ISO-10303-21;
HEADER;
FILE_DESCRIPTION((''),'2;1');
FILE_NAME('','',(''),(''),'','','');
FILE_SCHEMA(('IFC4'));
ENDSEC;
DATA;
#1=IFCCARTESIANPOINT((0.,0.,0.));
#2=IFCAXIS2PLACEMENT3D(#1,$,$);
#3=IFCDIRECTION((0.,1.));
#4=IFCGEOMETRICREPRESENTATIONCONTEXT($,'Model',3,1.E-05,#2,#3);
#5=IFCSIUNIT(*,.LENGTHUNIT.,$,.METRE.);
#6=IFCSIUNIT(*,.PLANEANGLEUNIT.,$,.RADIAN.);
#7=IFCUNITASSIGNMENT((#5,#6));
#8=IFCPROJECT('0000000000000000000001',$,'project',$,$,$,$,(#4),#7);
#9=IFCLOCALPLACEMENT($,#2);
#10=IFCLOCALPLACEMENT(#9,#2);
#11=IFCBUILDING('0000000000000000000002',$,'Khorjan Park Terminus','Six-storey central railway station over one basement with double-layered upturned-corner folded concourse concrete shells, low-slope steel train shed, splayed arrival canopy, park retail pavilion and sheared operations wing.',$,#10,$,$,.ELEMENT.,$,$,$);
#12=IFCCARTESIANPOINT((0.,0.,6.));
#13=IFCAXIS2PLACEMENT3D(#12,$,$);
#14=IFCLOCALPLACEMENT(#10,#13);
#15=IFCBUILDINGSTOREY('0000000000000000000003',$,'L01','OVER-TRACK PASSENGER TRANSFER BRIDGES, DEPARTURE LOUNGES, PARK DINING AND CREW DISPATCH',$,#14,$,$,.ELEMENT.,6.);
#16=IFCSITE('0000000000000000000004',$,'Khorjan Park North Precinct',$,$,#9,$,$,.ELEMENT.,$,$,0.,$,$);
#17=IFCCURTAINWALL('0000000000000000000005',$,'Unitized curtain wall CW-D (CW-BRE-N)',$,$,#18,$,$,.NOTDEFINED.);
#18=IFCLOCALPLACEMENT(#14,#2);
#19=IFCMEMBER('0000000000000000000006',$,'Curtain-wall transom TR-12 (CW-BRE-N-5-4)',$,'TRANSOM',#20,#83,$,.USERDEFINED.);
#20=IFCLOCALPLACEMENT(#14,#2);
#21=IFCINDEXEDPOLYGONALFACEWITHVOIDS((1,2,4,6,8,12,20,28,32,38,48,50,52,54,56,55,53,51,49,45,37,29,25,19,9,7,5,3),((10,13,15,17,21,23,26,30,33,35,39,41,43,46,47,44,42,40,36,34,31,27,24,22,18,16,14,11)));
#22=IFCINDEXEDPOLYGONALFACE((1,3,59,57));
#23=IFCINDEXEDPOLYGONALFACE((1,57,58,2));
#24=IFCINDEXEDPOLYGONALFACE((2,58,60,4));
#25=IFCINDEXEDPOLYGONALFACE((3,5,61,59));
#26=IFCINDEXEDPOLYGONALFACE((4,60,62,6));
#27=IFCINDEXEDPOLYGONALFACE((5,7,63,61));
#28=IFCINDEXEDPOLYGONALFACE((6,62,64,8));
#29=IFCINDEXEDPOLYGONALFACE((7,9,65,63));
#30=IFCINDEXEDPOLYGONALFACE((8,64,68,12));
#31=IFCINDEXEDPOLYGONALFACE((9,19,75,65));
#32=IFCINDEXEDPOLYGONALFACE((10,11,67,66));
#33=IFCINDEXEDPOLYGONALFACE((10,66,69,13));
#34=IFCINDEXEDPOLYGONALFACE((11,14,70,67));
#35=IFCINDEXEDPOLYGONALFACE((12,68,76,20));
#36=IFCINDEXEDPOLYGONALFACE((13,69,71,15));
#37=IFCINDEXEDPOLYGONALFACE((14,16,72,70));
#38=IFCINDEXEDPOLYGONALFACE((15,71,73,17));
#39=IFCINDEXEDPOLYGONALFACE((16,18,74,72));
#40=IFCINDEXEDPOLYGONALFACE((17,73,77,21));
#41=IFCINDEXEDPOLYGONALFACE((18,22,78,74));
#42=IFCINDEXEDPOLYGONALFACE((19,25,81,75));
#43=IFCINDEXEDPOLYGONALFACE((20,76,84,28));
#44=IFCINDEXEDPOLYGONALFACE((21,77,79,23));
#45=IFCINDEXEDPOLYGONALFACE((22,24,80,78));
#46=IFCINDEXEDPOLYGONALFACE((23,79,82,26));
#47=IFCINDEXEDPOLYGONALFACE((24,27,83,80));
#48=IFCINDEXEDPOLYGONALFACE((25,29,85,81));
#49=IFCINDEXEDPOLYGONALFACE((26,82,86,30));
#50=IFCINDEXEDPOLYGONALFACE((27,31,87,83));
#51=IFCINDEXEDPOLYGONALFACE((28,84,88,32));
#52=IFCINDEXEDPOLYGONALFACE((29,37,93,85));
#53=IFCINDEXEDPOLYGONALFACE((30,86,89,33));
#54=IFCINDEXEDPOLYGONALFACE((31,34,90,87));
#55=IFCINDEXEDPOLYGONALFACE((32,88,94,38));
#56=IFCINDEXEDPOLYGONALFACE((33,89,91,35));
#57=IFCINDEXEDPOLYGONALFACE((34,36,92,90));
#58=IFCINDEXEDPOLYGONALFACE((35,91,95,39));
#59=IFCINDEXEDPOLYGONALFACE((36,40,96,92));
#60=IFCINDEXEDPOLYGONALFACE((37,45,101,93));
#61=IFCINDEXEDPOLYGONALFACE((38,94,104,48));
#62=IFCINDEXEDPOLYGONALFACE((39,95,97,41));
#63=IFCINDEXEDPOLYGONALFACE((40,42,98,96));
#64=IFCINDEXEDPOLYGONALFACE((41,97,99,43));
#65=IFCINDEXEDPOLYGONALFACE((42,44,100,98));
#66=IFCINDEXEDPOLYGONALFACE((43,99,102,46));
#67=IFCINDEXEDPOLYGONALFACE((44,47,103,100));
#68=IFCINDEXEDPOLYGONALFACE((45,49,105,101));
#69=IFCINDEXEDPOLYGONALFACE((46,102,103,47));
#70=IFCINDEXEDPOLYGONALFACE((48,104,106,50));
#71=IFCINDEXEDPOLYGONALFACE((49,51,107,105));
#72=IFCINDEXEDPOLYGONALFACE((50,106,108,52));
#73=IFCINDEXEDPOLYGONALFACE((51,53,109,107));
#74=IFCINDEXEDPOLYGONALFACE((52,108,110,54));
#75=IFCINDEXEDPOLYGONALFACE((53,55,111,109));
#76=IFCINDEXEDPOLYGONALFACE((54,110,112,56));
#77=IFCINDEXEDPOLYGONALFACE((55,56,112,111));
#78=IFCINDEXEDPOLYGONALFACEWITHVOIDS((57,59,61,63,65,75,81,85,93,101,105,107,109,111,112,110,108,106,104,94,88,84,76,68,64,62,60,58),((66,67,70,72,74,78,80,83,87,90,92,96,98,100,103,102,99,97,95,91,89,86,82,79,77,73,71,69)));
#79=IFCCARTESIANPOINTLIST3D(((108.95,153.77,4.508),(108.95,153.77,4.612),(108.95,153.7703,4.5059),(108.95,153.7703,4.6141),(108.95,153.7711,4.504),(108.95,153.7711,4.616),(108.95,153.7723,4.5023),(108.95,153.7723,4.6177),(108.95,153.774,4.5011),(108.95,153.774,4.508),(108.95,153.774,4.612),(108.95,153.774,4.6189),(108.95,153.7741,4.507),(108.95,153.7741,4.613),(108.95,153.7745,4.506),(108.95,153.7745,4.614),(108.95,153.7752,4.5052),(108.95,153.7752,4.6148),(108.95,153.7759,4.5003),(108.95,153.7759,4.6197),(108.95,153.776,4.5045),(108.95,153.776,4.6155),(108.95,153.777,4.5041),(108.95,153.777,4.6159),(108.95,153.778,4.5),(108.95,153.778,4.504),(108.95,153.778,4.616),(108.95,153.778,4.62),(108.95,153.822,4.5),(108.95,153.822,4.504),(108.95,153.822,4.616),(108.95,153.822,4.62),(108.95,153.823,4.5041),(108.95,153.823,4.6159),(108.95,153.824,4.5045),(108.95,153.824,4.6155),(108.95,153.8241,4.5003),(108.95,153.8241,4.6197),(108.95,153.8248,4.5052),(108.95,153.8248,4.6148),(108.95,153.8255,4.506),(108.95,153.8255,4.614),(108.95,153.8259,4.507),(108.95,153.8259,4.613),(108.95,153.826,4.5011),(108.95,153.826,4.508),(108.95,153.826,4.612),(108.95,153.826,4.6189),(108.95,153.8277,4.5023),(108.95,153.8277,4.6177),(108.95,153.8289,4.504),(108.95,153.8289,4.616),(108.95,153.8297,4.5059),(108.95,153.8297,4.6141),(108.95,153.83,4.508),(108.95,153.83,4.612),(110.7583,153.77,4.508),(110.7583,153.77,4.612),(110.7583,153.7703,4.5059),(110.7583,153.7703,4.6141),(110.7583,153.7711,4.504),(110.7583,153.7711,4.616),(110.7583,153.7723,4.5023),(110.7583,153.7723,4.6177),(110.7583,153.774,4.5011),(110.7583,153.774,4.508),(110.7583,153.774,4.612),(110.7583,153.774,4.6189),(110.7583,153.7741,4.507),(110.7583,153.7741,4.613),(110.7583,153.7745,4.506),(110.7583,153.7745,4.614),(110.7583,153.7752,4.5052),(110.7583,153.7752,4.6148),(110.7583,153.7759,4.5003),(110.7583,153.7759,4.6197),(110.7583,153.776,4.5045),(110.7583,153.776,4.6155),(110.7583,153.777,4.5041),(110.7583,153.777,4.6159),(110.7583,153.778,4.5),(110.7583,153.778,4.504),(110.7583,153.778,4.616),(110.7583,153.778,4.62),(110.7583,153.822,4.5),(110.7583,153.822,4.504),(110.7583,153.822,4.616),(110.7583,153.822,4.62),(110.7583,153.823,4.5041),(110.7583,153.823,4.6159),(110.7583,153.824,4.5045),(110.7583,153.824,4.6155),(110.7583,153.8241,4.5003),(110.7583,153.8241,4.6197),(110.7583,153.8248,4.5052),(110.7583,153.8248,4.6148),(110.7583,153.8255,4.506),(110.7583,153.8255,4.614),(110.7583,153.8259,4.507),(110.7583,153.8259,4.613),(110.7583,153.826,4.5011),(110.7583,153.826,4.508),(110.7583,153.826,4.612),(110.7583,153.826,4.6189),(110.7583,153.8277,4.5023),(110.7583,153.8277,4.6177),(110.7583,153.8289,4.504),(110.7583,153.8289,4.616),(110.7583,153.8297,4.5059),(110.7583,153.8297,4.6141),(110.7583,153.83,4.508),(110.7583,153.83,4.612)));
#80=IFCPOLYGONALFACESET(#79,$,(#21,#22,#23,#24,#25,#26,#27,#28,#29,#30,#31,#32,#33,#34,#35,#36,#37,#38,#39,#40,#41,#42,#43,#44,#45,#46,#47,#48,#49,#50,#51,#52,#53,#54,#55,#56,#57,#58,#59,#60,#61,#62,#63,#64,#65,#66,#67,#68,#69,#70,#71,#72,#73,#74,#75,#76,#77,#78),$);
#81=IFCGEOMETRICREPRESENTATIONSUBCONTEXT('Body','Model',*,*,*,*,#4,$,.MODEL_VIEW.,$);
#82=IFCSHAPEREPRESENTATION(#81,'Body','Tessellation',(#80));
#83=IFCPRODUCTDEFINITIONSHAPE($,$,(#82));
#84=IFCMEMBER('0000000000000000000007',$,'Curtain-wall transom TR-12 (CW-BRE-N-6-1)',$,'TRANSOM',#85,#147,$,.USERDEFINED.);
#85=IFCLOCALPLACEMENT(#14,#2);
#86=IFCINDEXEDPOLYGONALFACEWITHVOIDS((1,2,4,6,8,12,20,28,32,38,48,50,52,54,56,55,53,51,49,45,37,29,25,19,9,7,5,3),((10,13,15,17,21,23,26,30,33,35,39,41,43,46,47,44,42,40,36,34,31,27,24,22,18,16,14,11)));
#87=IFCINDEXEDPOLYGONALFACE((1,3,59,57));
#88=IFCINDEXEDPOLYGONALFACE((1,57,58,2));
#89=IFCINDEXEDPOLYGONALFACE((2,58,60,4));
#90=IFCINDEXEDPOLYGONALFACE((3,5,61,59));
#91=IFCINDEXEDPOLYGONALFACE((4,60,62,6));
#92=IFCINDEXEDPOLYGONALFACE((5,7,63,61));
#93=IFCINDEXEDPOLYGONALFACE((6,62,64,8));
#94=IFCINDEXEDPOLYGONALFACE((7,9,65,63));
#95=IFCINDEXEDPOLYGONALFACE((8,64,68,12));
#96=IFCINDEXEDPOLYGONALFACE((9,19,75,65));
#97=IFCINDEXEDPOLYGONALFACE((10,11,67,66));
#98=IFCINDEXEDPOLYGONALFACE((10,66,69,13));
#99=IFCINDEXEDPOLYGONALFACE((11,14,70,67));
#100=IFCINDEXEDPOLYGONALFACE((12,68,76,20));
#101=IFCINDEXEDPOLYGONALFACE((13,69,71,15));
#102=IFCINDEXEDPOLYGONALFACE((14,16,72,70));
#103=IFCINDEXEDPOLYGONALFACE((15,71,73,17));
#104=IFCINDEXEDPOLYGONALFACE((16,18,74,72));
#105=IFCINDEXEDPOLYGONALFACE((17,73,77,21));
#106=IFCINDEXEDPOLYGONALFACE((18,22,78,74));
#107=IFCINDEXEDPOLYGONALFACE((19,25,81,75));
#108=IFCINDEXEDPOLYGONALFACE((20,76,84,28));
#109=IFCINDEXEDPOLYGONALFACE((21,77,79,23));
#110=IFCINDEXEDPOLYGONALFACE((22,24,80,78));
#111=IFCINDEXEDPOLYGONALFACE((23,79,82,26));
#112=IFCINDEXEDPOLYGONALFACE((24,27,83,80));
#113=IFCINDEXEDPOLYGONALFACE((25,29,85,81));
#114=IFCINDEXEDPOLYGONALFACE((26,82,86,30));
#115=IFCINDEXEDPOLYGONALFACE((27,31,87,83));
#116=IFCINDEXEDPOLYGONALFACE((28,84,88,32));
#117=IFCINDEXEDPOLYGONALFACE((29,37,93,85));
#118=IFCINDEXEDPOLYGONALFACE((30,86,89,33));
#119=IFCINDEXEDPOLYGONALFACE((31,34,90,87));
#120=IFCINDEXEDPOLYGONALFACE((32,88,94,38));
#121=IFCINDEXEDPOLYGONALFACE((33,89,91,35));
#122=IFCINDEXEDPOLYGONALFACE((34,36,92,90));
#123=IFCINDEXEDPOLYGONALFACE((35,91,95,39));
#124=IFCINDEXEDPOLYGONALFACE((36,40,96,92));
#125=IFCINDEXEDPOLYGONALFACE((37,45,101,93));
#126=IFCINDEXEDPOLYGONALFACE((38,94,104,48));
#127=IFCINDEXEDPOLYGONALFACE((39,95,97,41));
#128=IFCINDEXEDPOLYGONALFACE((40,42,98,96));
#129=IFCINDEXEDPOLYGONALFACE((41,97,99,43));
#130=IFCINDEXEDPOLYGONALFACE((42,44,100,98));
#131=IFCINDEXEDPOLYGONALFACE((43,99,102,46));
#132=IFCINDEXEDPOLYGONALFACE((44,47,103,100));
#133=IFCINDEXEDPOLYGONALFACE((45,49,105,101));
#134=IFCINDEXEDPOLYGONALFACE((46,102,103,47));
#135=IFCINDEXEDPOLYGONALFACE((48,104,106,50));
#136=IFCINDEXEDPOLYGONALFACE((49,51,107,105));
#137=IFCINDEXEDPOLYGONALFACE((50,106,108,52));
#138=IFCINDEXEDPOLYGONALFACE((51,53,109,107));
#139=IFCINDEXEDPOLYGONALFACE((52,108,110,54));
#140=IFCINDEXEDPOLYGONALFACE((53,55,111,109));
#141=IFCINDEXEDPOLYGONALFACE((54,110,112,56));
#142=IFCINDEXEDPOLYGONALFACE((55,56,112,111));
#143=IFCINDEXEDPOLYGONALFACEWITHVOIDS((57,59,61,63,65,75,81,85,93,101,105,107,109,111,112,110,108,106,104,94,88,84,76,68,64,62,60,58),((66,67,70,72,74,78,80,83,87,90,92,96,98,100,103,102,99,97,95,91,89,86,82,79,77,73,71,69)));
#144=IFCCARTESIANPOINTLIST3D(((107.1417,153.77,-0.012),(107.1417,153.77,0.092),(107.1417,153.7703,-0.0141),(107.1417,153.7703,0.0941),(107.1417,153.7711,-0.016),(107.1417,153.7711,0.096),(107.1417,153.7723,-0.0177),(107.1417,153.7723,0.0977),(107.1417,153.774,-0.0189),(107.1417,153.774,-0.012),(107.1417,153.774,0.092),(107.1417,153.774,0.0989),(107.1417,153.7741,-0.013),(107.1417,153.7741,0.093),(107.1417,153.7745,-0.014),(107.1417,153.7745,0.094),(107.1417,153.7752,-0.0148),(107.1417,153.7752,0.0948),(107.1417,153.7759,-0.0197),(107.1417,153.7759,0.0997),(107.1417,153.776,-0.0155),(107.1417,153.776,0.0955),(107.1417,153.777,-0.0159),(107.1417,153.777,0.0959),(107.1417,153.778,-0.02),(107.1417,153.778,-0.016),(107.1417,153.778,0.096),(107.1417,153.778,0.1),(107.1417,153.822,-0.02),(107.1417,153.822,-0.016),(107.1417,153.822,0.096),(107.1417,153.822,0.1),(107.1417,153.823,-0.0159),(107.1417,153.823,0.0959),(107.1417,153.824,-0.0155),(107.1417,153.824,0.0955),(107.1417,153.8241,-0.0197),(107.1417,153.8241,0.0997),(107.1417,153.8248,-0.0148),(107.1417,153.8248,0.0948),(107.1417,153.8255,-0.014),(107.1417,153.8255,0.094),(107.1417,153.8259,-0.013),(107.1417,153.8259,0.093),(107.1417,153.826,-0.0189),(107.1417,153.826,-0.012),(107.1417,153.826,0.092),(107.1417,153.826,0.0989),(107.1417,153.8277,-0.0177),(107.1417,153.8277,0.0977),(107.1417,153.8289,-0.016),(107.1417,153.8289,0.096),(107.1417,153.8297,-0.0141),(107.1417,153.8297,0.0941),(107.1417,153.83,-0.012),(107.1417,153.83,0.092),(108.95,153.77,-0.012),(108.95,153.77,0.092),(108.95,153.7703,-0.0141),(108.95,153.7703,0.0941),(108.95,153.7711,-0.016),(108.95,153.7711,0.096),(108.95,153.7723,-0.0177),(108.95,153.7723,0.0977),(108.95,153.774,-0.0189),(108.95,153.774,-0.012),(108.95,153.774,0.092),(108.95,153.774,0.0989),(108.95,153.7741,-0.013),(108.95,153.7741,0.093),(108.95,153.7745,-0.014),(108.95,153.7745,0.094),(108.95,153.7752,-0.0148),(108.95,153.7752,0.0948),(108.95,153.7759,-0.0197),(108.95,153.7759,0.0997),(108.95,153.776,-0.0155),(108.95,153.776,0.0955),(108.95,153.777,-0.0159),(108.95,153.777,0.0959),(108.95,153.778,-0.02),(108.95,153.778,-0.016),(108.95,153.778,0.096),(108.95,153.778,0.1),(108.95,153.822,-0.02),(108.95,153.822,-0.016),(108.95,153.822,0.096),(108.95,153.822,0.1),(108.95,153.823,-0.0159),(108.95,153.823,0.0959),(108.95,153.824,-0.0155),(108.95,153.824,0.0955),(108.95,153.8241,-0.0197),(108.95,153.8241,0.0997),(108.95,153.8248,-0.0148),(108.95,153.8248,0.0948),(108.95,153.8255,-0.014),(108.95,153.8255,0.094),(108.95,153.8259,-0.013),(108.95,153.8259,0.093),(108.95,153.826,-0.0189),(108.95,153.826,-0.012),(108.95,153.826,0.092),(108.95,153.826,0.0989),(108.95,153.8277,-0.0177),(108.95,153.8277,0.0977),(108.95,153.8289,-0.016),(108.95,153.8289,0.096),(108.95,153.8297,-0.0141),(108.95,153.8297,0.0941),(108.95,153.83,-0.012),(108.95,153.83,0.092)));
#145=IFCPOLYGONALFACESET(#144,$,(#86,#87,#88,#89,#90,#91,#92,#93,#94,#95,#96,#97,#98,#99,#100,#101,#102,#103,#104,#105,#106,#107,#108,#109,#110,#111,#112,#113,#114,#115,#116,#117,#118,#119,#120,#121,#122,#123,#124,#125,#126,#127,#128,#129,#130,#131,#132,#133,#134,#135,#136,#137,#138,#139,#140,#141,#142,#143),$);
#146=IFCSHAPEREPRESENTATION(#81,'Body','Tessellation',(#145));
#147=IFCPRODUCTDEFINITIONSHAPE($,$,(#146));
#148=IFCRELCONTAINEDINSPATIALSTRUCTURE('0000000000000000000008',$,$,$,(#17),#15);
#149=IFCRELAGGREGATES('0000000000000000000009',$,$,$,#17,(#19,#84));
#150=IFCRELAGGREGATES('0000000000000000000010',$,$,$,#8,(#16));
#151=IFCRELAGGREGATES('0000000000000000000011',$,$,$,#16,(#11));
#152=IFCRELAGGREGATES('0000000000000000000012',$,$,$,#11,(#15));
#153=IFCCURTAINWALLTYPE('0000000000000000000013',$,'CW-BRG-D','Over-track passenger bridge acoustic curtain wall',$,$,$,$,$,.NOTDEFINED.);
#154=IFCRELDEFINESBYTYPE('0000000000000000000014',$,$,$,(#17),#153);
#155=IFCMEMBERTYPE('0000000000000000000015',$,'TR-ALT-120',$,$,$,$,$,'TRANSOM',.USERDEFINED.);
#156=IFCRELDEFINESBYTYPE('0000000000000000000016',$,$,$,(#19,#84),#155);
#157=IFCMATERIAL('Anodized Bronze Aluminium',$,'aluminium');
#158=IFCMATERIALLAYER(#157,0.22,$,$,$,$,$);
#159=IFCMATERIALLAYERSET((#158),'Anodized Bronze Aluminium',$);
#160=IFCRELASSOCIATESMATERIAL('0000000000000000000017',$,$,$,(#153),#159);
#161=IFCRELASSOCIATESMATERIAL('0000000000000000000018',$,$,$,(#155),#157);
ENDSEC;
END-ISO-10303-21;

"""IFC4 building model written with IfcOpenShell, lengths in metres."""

from ifc_helpers import new_model, si_unit, direction, frame, origin, origin_2d, place, context, subcontext, project, spatial, hollow_rectangle, extrude, material, layer, layer_set, material_profile, profile_set, type_object, element, aggregate, save


model = new_model("IFC4")

# Units and contexts
model_context = context("Model", 3, precision=1e-05, world=origin(), true_north=direction((0.0, 1.0)))
body_context = subcontext(model_context, "Body", "Model", "MODEL_VIEW")
ifc_project = project(units=[si_unit("LENGTHUNIT", "METRE"), si_unit("PLANEANGLEUNIT", "RADIAN")], contexts=[model_context])

# Site, building, storey
site_placement = place(None, origin())
site = spatial("IfcSite", under=ifc_project, at=site_placement, Name="Khorjan Park North Precinct", CompositionType="ELEMENT", RefElevation=0.0)
building_placement = place(site_placement, origin())
building = spatial("IfcBuilding", under=site, at=building_placement, Name="Khorjan Park Terminus", Description="Six-storey central railway station over one basement with double-layered upturned-corner folded concourse concrete shells, low-slope steel train shed, splayed arrival canopy, park retail pavilion and sheared operations wing.", CompositionType="ELEMENT")
storey_placement = place(building_placement, frame((0.0, 0.0, 6.0)))
storey = spatial("IfcBuildingStorey", under=building, at=storey_placement, Name="L01", Description="OVER-TRACK PASSENGER TRANSFER BRIDGES, DEPARTURE LOUNGES, PARK DINING AND CREW DISPATCH", CompositionType="ELEMENT", Elevation=6.0)

# Curtain wall, members
ifc_material_1 = material(Name="Anodized Bronze Aluminium", Category="aluminium")
ifc_layer_1 = layer(ifc_material_1, 0.22)
ifc_layer_set_1 = layer_set([ifc_layer_1], Name="Anodized Bronze Aluminium")
curtain_wall_type = type_object("IfcCurtainWallType", Name="CW-BRG-D", Description="Over-track passenger bridge acoustic curtain wall", PredefinedType="NOTDEFINED", material=ifc_layer_set_1)
curtain_wall_placement = place(storey_placement, origin())
curtain_wall = element("IfcCurtainWall", 1, at=curtain_wall_placement, inside=storey, type_object=curtain_wall_type, Name="Unitized curtain wall CW-D (CW-BRE-N)", PredefinedType="NOTDEFINED")
ifc_material_profile_1 = material_profile(ifc_material_1, hollow_rectangle(XDim=0.06, YDim=0.12, WallThickness=0.004, InnerFilletRadius=0.004, OuterFilletRadius=0.008, at=origin_2d()), Name="ALT 60x120x4")
ifc_profile_set_1 = profile_set([ifc_material_profile_1], Name="Anodized Bronze Aluminium")
member_type_1 = type_object("IfcMemberType", Name="TR-ALT-120", ElementType="TRANSOM", PredefinedType="USERDEFINED", material=ifc_profile_set_1)
member_1_placement = place(storey_placement, frame((110.7583, 153.8, 4.56), z_axis=(-1.0, 0.0, 0.0), x_axis=(0.0, -1.0, 0.0)))
member_1 = element("IfcMember", 2, at=member_1_placement, type_object=member_type_1, Name="Curtain-wall transom TR-12 (CW-BRE-N-5-4)", ObjectType="TRANSOM", PredefinedType="USERDEFINED", context=body_context, shape_type="SweptSolid", body=[
    extrude(hollow_rectangle(XDim=0.06, YDim=0.12, WallThickness=0.004, InnerFilletRadius=0.004, OuterFilletRadius=0.008, at=origin_2d()), origin(), (0.0, 0.0, 1.0), 1.8083),
])
member_2_placement = place(storey_placement, frame((108.95, 153.8, 0.04), z_axis=(-1.0, 0.0, 0.0), x_axis=(0.0, -1.0, 0.0)))
member_2 = element("IfcMember", 3, at=member_2_placement, type_object=member_type_1, Name="Curtain-wall transom TR-12 (CW-BRE-N-6-1)", ObjectType="TRANSOM", PredefinedType="USERDEFINED", context=body_context, shape_type="SweptSolid", body=[
    extrude(hollow_rectangle(XDim=0.06, YDim=0.12, WallThickness=0.004, InnerFilletRadius=0.004, OuterFilletRadius=0.008, at=origin_2d()), origin(), (0.0, 0.0, 1.0), 1.8083),
])
aggregate(curtain_wall, [member_1, member_2])

save(model, "model.ifc")
